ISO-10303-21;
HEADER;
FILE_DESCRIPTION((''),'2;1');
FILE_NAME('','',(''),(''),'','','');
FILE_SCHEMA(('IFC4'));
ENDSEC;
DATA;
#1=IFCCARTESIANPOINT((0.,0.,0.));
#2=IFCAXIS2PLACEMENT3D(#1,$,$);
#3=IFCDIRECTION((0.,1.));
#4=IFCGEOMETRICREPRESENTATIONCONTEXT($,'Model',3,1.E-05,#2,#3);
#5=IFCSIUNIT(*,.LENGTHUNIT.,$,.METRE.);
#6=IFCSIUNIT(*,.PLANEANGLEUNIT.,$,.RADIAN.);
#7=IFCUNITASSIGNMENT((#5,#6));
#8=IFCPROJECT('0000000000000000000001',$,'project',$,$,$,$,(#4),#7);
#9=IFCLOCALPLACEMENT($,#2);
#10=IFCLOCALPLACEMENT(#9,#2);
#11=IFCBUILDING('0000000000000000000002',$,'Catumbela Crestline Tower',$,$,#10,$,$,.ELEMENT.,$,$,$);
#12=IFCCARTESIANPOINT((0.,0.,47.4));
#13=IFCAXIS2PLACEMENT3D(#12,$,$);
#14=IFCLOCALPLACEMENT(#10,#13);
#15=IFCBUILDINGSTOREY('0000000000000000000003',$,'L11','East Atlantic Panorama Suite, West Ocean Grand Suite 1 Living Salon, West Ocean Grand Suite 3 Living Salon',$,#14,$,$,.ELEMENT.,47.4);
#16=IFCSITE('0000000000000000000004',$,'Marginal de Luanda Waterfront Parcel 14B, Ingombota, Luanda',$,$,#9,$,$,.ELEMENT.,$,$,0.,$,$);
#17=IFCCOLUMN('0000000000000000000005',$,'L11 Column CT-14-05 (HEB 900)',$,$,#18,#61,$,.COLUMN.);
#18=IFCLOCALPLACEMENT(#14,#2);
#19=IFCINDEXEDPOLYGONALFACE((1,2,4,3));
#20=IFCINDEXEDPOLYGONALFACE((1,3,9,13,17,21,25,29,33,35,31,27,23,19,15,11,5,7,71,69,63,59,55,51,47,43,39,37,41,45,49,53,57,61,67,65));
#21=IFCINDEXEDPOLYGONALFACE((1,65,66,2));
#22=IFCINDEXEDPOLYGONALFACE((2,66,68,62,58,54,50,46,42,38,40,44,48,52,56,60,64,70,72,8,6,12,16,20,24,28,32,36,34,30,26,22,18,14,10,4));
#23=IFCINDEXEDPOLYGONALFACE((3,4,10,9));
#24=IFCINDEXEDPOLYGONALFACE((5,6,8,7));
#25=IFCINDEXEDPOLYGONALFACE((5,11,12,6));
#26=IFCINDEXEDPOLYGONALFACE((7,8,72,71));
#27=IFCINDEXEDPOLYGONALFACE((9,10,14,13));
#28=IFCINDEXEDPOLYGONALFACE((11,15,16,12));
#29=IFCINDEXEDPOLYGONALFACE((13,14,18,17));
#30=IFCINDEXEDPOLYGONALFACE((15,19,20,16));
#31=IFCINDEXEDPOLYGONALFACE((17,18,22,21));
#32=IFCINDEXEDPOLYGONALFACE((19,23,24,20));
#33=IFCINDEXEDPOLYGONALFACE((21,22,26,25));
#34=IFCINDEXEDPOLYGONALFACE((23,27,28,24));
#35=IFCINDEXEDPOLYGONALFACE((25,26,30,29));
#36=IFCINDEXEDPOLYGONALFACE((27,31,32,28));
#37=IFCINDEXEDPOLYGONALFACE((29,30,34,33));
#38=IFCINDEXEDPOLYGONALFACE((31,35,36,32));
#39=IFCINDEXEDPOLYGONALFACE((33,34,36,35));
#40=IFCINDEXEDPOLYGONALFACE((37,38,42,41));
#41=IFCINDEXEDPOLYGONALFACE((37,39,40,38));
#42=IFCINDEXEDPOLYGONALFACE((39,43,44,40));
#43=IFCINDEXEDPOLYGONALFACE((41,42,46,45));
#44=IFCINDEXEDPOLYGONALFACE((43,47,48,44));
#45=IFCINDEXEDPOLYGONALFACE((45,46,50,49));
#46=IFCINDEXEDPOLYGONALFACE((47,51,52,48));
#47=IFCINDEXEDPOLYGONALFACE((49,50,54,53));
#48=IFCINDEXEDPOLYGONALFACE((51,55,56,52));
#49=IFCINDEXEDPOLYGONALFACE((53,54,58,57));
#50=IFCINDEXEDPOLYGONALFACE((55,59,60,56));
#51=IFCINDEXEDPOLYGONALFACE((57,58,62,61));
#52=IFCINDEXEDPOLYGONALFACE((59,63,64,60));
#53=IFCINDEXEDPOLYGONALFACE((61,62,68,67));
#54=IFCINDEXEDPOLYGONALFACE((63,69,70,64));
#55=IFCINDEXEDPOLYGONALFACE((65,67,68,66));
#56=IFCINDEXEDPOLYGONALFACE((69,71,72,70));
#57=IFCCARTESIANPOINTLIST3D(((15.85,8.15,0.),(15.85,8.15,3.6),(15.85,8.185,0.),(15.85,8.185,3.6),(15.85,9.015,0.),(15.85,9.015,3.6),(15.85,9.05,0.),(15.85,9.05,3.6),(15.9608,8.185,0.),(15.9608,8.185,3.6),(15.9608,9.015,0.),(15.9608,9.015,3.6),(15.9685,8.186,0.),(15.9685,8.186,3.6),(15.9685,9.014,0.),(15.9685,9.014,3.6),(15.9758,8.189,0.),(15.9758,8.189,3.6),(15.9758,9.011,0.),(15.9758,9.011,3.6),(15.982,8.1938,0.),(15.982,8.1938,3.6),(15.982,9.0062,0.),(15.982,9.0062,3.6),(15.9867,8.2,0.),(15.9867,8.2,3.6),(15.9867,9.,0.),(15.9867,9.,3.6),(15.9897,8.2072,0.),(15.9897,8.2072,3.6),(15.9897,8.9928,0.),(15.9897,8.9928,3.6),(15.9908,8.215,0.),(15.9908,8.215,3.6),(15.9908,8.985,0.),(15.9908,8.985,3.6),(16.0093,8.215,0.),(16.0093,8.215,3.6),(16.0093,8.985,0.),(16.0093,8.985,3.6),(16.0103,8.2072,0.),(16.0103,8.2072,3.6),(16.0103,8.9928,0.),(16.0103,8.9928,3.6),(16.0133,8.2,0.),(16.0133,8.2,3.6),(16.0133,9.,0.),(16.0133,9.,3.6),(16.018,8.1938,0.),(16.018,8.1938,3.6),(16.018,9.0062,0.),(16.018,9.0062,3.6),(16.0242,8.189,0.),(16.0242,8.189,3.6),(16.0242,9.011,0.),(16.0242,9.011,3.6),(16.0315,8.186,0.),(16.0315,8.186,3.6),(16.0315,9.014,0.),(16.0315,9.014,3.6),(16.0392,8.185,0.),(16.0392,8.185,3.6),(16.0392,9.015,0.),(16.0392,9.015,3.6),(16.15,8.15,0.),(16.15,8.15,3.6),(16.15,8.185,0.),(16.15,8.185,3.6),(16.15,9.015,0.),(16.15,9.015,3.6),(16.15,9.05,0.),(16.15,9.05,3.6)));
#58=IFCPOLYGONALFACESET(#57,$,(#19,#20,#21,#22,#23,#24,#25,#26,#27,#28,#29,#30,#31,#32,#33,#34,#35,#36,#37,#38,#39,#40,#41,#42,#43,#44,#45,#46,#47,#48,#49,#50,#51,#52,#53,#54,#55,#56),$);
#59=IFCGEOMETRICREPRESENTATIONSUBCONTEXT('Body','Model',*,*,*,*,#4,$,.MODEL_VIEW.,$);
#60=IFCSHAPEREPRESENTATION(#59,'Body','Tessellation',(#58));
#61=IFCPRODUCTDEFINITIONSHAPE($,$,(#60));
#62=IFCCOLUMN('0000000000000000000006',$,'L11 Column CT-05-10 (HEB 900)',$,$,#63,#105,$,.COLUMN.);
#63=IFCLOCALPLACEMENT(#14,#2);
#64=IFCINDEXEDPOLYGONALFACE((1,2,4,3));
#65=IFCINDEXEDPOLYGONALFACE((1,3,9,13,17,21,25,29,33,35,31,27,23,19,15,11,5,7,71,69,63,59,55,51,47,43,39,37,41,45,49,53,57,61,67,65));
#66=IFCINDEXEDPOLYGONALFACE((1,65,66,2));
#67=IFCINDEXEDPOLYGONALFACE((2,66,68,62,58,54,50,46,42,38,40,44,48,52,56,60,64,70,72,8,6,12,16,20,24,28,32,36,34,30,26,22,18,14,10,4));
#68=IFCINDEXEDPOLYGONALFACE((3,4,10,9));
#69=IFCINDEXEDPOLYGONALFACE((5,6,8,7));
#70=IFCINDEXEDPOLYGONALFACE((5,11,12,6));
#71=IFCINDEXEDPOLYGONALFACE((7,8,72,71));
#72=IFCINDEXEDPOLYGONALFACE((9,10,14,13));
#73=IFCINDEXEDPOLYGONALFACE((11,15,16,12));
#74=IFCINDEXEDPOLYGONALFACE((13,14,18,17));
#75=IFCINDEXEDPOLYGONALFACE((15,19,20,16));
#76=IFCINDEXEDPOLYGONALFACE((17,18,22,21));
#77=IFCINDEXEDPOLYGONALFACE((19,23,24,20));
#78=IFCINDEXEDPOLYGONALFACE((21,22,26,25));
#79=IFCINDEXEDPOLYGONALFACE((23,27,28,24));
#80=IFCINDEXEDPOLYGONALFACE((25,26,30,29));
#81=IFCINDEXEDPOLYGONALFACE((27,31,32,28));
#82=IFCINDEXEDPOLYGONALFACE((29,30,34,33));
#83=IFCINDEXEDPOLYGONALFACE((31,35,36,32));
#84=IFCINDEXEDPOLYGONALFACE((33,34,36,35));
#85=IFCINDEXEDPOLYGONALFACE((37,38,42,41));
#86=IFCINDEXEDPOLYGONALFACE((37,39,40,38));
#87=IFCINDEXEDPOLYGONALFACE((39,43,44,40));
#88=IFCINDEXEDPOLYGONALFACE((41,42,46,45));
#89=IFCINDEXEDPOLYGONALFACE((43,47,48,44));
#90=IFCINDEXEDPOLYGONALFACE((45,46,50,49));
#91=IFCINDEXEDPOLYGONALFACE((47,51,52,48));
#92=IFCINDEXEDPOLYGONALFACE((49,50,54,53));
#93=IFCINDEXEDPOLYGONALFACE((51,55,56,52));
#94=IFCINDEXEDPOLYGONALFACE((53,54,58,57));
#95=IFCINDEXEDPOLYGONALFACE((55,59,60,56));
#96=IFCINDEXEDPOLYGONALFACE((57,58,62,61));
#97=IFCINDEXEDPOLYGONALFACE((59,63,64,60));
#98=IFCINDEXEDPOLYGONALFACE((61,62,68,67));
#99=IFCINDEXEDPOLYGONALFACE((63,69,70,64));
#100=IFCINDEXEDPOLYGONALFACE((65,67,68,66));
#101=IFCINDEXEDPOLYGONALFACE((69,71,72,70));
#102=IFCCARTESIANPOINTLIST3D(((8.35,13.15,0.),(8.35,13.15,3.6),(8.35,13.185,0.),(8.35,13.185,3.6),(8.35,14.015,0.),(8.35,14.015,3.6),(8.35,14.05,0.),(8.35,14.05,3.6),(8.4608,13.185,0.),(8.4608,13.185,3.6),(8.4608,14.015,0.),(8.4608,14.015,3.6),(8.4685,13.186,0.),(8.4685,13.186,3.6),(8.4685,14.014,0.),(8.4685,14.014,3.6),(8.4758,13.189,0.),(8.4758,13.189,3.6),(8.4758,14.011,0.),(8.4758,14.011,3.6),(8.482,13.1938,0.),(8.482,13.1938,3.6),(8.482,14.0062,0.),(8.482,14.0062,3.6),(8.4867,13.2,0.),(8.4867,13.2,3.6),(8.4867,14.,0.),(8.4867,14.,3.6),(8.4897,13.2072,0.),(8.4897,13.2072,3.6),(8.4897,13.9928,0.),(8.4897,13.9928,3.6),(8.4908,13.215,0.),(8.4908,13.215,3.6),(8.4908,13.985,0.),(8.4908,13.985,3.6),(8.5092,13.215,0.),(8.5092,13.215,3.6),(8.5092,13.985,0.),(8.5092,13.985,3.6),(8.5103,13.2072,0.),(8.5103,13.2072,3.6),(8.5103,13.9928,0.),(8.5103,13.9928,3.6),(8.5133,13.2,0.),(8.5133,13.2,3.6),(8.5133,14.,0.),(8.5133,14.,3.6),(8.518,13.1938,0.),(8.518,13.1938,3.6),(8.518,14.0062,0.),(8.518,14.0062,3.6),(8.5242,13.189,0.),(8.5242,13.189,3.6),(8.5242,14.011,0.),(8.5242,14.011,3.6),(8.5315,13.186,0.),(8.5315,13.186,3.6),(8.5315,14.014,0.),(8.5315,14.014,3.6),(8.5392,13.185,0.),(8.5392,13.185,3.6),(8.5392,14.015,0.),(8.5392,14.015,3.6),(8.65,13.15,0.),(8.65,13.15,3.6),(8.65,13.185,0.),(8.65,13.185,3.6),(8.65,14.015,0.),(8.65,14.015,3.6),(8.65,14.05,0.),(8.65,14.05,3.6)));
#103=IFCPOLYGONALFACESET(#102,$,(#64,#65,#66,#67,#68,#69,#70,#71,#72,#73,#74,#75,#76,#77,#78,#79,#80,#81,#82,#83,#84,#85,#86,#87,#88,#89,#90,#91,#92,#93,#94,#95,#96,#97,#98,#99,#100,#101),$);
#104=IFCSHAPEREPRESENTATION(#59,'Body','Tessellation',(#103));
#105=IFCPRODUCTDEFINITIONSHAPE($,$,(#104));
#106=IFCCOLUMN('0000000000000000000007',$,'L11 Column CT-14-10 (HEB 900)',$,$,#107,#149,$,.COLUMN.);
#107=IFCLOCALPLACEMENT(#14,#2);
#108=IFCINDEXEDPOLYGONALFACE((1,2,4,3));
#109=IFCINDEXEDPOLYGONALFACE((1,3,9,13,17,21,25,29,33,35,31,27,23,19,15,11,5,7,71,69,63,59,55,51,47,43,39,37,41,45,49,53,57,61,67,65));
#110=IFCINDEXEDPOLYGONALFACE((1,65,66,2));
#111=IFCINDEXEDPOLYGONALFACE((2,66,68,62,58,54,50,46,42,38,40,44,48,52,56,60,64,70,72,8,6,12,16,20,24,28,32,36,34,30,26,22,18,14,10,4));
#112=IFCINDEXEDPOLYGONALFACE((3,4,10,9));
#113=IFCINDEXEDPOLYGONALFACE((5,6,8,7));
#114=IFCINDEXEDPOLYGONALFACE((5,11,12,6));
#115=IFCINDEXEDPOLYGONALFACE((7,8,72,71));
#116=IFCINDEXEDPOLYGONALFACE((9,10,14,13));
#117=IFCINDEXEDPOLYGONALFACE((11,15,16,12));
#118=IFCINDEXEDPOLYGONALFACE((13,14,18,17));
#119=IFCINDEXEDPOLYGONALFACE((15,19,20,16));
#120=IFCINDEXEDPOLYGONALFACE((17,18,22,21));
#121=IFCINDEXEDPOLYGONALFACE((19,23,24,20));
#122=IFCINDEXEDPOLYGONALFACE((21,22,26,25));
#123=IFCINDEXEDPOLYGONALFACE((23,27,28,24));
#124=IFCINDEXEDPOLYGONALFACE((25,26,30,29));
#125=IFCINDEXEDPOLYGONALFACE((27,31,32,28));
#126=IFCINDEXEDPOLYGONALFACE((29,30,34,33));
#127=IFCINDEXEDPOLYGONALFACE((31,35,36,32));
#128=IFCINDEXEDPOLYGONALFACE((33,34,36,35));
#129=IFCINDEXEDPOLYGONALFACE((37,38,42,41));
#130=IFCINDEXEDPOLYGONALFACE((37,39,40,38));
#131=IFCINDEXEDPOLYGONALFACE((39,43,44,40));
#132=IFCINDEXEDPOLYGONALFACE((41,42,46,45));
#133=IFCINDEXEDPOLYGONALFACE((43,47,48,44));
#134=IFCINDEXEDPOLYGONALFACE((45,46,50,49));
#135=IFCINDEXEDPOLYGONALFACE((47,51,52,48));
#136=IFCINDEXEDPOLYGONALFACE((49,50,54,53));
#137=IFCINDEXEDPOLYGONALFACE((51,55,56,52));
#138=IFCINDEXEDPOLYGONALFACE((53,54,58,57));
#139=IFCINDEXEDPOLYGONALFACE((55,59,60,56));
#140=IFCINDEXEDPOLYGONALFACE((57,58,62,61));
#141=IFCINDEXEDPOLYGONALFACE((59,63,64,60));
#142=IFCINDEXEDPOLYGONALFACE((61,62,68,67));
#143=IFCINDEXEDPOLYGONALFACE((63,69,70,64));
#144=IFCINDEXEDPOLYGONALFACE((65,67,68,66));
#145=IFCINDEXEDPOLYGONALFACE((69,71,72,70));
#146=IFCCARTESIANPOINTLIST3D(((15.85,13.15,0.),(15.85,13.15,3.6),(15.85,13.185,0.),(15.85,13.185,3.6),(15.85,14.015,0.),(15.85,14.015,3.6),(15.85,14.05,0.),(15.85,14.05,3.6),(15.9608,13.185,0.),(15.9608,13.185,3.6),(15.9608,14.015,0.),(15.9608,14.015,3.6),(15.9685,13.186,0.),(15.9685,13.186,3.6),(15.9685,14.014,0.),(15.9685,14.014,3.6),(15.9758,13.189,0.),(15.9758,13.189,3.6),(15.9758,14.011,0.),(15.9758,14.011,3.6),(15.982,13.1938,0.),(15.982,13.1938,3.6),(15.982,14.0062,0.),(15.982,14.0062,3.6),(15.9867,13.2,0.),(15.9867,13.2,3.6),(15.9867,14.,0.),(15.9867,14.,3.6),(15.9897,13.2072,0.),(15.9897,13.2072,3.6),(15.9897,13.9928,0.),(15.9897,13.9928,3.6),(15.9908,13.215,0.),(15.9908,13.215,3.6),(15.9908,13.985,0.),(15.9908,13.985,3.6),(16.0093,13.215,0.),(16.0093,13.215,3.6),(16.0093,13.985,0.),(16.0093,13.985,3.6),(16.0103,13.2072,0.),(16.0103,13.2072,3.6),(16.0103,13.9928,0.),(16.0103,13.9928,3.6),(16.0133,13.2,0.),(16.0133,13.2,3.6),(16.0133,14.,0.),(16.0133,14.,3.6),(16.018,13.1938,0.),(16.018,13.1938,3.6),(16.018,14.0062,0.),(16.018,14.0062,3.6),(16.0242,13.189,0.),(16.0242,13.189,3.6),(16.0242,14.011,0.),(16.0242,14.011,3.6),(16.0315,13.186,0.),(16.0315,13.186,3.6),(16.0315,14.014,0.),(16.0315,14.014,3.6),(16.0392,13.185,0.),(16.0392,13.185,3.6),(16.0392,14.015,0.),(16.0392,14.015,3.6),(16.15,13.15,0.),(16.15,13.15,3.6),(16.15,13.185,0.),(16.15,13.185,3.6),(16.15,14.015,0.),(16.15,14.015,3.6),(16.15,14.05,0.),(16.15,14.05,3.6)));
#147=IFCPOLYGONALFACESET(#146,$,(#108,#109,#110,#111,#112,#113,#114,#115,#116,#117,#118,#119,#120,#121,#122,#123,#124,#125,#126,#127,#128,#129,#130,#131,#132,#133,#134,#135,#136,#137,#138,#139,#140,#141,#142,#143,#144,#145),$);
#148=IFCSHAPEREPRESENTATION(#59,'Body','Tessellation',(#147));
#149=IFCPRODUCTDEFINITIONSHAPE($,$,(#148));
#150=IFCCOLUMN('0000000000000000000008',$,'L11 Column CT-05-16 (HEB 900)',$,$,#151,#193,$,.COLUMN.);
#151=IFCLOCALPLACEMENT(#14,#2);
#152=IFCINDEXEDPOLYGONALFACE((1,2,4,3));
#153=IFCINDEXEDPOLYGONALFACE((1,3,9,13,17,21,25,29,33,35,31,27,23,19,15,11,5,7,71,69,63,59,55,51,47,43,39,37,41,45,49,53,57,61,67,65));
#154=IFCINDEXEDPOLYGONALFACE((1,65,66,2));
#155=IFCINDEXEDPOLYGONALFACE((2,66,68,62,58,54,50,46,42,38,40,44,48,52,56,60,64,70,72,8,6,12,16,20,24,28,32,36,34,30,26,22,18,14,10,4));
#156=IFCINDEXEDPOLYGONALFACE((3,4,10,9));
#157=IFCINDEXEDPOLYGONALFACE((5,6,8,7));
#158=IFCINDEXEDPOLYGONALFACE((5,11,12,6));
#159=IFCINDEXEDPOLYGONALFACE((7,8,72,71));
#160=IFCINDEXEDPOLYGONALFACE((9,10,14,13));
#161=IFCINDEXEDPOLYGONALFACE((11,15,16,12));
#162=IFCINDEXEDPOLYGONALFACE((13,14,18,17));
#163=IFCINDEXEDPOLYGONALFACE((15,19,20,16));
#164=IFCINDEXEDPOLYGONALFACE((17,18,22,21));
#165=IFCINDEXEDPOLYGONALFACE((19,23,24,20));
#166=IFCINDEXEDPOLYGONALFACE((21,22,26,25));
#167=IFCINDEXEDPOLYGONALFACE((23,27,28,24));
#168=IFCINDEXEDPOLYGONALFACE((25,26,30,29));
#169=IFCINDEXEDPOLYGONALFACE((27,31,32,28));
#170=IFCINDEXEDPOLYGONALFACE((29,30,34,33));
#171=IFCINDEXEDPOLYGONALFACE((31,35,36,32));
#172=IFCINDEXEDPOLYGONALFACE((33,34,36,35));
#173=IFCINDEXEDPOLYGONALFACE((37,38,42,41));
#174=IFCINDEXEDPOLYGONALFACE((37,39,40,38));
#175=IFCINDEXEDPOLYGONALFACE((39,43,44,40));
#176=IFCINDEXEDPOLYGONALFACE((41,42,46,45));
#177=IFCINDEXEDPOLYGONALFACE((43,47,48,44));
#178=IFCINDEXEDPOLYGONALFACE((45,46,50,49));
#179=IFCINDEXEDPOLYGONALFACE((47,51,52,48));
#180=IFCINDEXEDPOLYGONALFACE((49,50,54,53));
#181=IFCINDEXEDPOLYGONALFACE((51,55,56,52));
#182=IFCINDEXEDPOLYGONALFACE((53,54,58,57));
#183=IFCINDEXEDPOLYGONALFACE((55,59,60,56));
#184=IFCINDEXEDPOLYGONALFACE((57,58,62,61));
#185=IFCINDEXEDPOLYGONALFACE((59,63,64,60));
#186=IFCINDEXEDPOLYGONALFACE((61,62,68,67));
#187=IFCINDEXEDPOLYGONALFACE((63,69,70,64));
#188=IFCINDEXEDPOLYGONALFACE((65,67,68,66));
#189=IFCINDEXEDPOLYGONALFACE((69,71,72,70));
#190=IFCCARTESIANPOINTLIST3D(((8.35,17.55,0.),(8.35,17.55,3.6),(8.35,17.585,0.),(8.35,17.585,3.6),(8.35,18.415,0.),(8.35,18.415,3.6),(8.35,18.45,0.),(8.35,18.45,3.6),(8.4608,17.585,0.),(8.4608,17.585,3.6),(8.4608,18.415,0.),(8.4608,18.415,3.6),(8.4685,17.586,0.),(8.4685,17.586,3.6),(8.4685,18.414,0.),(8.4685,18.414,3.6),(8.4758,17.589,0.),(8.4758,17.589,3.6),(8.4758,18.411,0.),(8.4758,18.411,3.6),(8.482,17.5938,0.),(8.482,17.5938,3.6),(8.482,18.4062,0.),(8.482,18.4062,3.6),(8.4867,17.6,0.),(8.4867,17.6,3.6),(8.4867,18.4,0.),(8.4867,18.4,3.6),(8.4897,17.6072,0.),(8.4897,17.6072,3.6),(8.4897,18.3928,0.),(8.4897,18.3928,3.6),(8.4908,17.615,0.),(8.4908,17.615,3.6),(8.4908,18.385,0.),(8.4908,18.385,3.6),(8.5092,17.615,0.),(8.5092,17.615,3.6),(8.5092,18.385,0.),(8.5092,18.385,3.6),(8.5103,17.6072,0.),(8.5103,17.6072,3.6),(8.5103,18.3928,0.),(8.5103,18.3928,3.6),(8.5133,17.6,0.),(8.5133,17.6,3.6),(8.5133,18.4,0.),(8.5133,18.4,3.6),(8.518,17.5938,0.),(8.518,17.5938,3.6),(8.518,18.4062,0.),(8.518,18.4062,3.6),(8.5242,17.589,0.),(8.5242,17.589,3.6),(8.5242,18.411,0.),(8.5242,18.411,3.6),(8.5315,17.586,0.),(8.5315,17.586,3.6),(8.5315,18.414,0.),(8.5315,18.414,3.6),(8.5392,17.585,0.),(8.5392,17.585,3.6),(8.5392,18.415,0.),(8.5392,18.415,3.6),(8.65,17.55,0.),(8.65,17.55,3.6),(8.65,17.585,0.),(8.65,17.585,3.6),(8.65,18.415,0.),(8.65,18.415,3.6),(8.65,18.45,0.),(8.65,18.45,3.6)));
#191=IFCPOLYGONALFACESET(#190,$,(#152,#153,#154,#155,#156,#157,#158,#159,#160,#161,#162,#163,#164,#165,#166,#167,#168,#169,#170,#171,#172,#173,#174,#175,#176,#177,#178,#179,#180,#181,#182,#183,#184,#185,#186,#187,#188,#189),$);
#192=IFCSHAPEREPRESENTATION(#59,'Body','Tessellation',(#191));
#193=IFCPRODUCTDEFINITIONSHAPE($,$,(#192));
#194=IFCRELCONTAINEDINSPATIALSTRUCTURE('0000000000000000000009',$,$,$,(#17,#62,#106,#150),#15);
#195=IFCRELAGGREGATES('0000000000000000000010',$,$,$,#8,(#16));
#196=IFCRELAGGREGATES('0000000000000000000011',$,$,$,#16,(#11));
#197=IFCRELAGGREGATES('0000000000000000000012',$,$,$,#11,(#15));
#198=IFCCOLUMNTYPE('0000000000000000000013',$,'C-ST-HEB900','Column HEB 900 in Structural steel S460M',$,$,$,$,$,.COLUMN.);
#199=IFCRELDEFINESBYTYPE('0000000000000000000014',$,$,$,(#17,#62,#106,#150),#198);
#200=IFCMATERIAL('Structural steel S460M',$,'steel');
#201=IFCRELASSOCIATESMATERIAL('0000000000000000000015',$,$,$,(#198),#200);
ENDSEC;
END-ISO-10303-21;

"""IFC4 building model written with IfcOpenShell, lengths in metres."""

from ifc_helpers import new_model, si_unit, direction, frame, origin, origin_2d, place, context, subcontext, project, spatial, i_section, extrude, material, material_profile, profile_set, type_object, element, save


model = new_model("IFC4")

# Units and contexts
model_context = context("Model", 3, precision=1e-05, world=origin(), true_north=direction((0.0, 1.0)))
body_context = subcontext(model_context, "Body", "Model", "MODEL_VIEW")
ifc_project = project(units=[si_unit("LENGTHUNIT", "METRE"), si_unit("PLANEANGLEUNIT", "RADIAN")], contexts=[model_context])

# Site, building, storey
site_placement = place(None, origin())
site = spatial("IfcSite", under=ifc_project, at=site_placement, Name="Marginal de Luanda Waterfront Parcel 14B, Ingombota, Luanda", CompositionType="ELEMENT", RefElevation=0.0)
building_placement = place(site_placement, origin())
building = spatial("IfcBuilding", under=site, at=building_placement, Name="Catumbela Crestline Tower", CompositionType="ELEMENT")
storey_placement = place(building_placement, frame((0.0, 0.0, 47.4)))
storey = spatial("IfcBuildingStorey", under=building, at=storey_placement, Name="L11", Description="East Atlantic Panorama Suite, West Ocean Grand Suite 1 Living Salon, West Ocean Grand Suite 3 Living Salon", CompositionType="ELEMENT", Elevation=47.4)

# Columns
ifc_material_1 = material(Name="Structural steel S460M", Category="steel")
ifc_material_profile_1 = material_profile(ifc_material_1, i_section(OverallWidth=0.3, OverallDepth=0.9, WebThickness=0.0185, FlangeThickness=0.035, FilletRadius=0.03, at=origin_2d()), Name="HEB 900")
ifc_profile_set_1 = profile_set([ifc_material_profile_1], Name="Structural steel S460M")
column_type = type_object("IfcColumnType", Name="C-ST-HEB900", Description="Column HEB 900 in Structural steel S460M", PredefinedType="COLUMN", material=ifc_profile_set_1)
for number, where, z_axis, x_axis, name in (
    (1, (16.0, 8.6, 0.0), (0.0, 0.0, 1.0), (1.0, 0.0, 0.0), "L11 Column CT-14-05 (HEB 900)"),
    (2, (8.5, 13.6, 0.0), (0.0, 0.0, 1.0), (1.0, 0.0, 0.0), "L11 Column CT-05-10 (HEB 900)"),
    (3, (16.0, 13.6, 0.0), (0.0, 0.0, 1.0), (1.0, 0.0, 0.0), "L11 Column CT-14-10 (HEB 900)"),
    (4, (8.5, 18.0, 0.0), (0.0, 0.0, 1.0), (1.0, 0.0, 0.0), "L11 Column CT-05-16 (HEB 900)"),
):
    element("IfcColumn", number, at=place(storey_placement, frame(where, z_axis=z_axis, x_axis=x_axis)), inside=storey, type_object=column_type, Name=name, PredefinedType="COLUMN", context=body_context, shape_type="SweptSolid", body=[
        extrude(i_section(OverallWidth=0.3, OverallDepth=0.9, WebThickness=0.0185, FlangeThickness=0.035, FilletRadius=0.03, at=origin_2d()), origin(), (0.0, 0.0, 1.0), 3.6),
    ])

save(model, "model.ifc")
